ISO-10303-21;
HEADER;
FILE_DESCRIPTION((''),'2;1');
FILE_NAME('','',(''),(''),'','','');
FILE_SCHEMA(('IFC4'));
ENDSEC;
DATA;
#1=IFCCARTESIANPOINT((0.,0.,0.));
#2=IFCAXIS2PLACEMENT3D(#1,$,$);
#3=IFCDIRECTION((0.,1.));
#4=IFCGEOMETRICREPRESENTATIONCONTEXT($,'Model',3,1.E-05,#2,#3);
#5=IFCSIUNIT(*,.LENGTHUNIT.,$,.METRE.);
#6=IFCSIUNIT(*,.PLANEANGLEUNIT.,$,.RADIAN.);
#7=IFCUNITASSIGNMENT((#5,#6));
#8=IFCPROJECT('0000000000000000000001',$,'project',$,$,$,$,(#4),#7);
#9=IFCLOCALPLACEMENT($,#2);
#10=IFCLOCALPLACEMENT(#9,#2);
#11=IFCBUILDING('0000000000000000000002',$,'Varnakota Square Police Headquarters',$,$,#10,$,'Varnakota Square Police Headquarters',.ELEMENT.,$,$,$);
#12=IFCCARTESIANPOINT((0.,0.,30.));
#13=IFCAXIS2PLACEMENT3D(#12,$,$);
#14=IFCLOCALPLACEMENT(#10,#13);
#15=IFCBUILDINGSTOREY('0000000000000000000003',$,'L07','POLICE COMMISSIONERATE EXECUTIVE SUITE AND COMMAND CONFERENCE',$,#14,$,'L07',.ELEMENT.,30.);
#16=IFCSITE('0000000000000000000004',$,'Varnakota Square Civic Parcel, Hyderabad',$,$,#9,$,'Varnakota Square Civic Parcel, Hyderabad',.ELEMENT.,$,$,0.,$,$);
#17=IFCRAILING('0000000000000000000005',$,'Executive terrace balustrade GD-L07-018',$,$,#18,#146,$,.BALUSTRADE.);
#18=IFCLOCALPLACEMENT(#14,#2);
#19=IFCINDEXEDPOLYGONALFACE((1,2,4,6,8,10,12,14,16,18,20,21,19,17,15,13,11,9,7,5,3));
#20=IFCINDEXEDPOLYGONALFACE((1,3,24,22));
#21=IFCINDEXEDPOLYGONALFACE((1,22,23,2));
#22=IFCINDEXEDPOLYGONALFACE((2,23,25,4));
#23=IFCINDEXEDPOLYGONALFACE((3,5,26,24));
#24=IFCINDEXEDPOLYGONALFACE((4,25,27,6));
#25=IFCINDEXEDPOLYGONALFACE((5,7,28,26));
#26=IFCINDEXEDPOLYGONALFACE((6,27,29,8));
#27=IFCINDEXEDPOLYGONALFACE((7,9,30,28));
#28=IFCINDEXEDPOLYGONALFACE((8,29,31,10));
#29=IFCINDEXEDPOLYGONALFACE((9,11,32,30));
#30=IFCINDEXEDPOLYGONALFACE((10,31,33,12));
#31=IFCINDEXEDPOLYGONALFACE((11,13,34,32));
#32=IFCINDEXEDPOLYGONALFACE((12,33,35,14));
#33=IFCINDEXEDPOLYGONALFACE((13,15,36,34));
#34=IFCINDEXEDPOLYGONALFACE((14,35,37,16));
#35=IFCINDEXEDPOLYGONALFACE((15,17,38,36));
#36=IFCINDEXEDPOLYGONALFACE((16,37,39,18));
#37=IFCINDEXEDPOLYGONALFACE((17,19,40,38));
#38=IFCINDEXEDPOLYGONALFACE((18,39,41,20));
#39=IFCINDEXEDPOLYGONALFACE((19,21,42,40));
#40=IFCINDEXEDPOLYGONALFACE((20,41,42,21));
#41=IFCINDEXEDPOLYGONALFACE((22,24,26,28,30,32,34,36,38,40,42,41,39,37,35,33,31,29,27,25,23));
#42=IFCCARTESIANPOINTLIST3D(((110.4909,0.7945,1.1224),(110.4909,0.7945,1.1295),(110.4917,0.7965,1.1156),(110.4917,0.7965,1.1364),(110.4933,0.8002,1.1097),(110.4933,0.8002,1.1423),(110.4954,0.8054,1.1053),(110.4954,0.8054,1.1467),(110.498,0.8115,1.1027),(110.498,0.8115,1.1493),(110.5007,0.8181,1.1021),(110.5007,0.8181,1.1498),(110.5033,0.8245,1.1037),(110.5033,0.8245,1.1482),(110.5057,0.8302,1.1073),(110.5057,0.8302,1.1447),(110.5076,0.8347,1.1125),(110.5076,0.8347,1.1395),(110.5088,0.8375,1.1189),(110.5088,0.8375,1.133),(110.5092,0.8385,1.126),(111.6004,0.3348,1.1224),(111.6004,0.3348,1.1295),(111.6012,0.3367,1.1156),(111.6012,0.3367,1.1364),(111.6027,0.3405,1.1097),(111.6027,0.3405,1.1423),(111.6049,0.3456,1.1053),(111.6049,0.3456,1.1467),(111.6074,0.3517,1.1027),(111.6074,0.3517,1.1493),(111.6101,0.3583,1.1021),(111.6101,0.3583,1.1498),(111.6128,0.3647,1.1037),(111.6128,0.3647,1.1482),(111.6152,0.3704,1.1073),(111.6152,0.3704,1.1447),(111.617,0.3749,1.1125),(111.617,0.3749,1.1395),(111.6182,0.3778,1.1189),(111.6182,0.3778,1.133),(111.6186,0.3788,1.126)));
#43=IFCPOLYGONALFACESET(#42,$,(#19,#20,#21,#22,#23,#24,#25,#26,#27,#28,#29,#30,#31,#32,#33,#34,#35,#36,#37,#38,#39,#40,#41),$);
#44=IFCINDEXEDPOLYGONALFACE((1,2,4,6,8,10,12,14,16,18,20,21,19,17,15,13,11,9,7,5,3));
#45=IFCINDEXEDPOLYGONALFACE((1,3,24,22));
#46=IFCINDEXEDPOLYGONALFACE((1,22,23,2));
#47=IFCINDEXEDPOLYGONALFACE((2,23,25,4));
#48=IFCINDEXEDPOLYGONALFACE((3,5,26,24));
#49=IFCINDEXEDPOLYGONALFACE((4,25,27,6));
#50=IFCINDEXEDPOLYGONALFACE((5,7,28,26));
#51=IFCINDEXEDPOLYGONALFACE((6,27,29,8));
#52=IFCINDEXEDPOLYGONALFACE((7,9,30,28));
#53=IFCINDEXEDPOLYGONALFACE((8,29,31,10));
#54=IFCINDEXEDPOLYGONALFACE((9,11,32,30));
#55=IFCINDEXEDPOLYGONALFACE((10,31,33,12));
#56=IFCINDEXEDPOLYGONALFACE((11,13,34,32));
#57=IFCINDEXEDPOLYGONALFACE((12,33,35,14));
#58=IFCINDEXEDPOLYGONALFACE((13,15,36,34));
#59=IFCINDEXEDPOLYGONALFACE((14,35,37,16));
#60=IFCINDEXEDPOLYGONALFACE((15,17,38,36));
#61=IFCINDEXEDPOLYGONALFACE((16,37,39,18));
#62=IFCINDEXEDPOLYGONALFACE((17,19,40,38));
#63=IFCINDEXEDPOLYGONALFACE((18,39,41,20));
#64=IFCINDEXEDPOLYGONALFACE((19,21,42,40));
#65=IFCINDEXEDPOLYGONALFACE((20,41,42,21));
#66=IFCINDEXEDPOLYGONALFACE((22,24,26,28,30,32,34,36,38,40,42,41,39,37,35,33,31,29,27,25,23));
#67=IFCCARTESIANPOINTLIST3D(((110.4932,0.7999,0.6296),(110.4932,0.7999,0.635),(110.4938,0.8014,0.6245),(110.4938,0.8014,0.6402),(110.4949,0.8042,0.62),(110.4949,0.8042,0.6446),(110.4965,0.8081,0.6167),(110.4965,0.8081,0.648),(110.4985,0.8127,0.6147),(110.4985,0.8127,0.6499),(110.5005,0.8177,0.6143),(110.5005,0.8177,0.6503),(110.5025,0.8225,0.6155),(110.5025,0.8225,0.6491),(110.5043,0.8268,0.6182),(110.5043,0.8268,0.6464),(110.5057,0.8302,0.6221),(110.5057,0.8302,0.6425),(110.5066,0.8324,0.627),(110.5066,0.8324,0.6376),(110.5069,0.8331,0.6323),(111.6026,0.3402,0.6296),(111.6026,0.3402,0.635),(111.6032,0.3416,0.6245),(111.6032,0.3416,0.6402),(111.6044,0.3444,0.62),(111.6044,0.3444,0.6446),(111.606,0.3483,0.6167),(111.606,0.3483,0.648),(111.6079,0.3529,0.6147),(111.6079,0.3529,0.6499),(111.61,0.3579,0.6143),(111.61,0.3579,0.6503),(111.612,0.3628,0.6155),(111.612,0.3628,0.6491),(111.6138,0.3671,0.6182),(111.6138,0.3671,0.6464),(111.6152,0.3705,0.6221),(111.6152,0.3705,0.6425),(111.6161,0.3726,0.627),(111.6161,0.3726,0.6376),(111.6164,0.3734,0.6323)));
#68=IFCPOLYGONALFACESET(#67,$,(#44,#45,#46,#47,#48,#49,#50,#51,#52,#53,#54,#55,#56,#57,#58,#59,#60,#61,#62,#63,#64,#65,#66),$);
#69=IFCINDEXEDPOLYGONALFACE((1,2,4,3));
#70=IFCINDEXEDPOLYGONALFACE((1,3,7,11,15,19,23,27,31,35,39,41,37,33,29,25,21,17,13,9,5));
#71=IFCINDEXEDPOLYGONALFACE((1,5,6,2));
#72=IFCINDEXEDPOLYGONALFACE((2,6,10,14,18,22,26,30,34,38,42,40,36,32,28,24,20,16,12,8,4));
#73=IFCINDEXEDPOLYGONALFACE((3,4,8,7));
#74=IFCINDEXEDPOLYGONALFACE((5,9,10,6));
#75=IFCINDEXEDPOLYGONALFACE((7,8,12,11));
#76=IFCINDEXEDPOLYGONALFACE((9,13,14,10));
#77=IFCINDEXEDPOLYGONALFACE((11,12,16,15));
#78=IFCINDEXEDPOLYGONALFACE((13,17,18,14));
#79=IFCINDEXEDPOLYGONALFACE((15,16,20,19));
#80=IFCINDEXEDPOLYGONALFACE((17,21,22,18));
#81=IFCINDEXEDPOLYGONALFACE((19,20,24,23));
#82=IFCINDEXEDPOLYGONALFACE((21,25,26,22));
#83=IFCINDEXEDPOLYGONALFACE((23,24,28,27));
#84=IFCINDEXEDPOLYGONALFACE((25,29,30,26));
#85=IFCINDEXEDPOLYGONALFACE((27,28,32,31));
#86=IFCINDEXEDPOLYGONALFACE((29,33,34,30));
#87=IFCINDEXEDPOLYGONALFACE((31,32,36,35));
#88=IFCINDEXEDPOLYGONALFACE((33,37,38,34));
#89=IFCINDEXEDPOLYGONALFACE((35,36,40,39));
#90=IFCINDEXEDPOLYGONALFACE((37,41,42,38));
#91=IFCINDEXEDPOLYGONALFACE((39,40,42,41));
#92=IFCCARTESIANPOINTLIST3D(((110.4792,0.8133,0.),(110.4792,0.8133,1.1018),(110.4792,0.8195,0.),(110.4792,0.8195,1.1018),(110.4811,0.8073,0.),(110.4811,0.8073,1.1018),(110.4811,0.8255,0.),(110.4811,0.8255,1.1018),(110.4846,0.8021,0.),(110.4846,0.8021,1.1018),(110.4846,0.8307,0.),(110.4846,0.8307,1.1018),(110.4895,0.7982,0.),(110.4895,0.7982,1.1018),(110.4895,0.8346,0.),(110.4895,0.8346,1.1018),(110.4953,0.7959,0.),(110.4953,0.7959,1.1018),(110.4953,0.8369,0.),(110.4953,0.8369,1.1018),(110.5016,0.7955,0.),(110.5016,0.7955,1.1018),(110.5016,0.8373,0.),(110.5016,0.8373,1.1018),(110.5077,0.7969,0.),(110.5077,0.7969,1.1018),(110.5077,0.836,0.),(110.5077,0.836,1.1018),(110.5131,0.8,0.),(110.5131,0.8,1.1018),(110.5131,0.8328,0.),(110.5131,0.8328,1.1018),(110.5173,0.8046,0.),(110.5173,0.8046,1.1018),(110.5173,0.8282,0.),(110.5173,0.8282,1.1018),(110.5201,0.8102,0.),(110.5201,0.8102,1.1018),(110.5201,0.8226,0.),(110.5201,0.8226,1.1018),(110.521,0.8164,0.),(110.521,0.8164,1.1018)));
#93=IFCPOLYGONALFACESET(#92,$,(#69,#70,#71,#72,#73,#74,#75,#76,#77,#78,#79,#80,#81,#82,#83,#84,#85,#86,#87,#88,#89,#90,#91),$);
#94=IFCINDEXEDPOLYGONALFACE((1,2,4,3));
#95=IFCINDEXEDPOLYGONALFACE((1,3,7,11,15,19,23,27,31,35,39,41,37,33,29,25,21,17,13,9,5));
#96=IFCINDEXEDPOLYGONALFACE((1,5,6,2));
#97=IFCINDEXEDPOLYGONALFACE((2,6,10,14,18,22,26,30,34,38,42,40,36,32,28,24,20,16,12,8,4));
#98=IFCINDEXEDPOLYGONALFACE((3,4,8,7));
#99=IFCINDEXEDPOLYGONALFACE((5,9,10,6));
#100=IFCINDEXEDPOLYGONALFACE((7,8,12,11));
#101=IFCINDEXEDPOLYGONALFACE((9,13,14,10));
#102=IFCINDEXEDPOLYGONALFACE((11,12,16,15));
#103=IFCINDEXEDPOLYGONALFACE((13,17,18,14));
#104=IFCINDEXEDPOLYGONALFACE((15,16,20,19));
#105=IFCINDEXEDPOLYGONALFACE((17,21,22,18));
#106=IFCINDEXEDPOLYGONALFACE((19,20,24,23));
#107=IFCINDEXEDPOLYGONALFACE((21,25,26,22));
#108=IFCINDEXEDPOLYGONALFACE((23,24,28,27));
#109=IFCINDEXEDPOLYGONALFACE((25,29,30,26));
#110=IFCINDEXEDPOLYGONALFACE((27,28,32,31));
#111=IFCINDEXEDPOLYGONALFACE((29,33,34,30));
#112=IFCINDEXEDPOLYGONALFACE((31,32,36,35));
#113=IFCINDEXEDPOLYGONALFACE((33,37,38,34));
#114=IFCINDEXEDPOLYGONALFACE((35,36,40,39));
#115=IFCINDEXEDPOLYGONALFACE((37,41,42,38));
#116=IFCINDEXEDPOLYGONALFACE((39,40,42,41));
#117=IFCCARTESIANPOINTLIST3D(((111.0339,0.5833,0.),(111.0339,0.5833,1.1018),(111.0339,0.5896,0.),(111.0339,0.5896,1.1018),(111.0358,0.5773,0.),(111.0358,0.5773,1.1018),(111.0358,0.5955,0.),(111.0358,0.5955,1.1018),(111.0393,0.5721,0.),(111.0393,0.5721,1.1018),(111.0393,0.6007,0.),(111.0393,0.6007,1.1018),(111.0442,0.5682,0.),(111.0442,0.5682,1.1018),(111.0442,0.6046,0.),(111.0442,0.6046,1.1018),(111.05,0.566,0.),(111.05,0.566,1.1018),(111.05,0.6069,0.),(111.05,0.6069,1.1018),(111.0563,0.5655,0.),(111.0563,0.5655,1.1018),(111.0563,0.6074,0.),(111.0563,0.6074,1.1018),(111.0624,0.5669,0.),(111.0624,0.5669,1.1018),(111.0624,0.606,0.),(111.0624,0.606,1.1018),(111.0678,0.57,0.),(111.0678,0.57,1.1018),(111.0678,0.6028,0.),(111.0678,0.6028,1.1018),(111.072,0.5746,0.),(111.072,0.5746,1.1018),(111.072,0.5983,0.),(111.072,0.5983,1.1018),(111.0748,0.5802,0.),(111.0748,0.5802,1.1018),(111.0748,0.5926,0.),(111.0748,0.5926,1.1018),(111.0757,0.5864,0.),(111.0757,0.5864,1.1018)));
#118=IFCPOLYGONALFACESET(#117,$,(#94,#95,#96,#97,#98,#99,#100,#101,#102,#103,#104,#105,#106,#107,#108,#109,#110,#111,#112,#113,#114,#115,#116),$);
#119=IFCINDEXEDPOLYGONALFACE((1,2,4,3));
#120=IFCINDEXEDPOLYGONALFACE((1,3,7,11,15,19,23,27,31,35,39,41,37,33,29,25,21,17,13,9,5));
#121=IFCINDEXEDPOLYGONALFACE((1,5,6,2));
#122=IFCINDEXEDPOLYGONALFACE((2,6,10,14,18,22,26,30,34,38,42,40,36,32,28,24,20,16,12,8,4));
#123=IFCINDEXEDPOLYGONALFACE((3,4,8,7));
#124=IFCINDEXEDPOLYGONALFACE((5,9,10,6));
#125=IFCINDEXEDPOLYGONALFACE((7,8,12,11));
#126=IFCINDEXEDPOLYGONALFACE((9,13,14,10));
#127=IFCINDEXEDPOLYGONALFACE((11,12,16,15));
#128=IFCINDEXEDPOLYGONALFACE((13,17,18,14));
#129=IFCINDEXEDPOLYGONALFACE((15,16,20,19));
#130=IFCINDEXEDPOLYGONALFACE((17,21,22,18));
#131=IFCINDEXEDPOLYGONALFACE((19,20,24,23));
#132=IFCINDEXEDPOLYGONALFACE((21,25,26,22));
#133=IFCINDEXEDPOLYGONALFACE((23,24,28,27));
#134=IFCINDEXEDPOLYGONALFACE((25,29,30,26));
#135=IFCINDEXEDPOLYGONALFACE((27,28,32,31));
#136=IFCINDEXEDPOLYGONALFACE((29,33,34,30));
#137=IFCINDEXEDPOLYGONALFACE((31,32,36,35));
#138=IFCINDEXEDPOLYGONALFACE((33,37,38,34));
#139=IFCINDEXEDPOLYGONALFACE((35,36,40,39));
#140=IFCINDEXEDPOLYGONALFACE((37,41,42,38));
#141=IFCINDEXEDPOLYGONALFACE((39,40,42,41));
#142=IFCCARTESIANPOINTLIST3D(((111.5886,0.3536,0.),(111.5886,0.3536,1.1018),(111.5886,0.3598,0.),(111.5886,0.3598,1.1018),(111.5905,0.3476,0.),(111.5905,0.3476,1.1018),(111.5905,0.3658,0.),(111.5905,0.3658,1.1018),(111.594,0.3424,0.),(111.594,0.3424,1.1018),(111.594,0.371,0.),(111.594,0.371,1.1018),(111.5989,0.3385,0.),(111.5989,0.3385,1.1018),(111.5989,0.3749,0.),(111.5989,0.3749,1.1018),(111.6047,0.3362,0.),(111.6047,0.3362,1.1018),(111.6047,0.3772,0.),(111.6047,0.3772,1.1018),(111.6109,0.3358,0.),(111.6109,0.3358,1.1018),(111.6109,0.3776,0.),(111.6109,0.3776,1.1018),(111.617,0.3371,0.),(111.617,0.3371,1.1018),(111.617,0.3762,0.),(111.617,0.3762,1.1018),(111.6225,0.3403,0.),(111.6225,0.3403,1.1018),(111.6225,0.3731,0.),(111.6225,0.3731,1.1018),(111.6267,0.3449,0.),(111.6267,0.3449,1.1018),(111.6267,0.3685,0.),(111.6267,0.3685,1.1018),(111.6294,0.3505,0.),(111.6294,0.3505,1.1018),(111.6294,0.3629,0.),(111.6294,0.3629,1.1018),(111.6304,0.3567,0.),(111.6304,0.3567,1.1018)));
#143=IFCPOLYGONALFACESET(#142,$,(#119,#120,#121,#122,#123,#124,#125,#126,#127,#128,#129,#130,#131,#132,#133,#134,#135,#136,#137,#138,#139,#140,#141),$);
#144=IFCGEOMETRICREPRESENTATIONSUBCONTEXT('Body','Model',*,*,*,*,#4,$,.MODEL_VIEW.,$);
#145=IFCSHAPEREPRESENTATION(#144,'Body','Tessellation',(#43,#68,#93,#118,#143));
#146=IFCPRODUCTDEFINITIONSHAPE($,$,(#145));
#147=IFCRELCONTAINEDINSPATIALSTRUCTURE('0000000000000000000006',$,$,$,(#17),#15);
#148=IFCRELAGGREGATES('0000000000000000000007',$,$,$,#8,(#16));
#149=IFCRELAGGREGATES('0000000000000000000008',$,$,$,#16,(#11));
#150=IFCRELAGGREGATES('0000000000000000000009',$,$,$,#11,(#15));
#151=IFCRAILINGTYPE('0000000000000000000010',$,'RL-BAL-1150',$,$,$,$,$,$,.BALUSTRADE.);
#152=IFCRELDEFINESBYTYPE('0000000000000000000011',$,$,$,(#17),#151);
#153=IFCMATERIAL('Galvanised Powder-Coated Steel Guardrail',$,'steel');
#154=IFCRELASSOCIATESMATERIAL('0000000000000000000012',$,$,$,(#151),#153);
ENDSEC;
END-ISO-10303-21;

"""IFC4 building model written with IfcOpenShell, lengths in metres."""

from ifc_helpers import new_model, si_unit, direction, frame, origin, origin_2d, place, context, subcontext, project, spatial, circle, extrude, material, type_object, element, save


model = new_model("IFC4")

# Units and contexts
model_context = context("Model", 3, precision=1e-05, world=origin(), true_north=direction((0.0, 1.0)))
body_context = subcontext(model_context, "Body", "Model", "MODEL_VIEW")
ifc_project = project(units=[si_unit("LENGTHUNIT", "METRE"), si_unit("PLANEANGLEUNIT", "RADIAN")], contexts=[model_context])

# Site, building, storey
site_placement = place(None, origin())
site = spatial("IfcSite", under=ifc_project, at=site_placement, Name="Varnakota Square Civic Parcel, Hyderabad", LongName="Varnakota Square Civic Parcel, Hyderabad", CompositionType="ELEMENT", RefElevation=0.0)
building_placement = place(site_placement, origin())
building = spatial("IfcBuilding", under=site, at=building_placement, Name="Varnakota Square Police Headquarters", LongName="Varnakota Square Police Headquarters", CompositionType="ELEMENT")
storey_placement = place(building_placement, frame((0.0, 0.0, 30.0)))
storey = spatial("IfcBuildingStorey", under=building, at=storey_placement, Name="L07", Description="POLICE COMMISSIONERATE EXECUTIVE SUITE AND COMMAND CONFERENCE", LongName="L07", CompositionType="ELEMENT", Elevation=30.0)

# Railing
ifc_material_1 = material(Name="Galvanised Powder-Coated Steel Guardrail", Category="steel")
railing_type = type_object("IfcRailingType", Name="RL-BAL-1150", PredefinedType="BALUSTRADE", material=ifc_material_1)
railing_1_placement = place(storey_placement, frame((110.5, 0.8164, 0.0)))
element("IfcRailing", 1, at=railing_1_placement, inside=storey, type_object=railing_type, Name="Executive terrace balustrade GD-L07-018", PredefinedType="BALUSTRADE", context=body_context, shape_type="SweptSolid", body=[
    extrude(circle(Radius=0.0239, at=origin_2d()), frame((0.0, 0.0, 1.126), z_axis=(0.923821, -0.382825, 0.0), x_axis=(0.382825, 0.923821, 0.0)), (0.0, 0.0, 1.0), 1.2009),
    extrude(circle(Radius=0.0181, at=origin_2d()), frame((0.0, 0.0, 0.6323), z_axis=(0.923821, -0.382825, 0.0), x_axis=(0.382825, 0.923821, 0.0)), (0.0, 0.0, 1.0), 1.2009),
    extrude(circle(Radius=0.021, at=origin_2d()), origin(), (0.0, 0.0, 1.0), 1.1018),
    extrude(circle(Radius=0.021, at=origin_2d()), frame((0.5547, -0.23, 0.0)), (0.0, 0.0, 1.0), 1.1018),
    extrude(circle(Radius=0.021, at=origin_2d()), frame((1.1094, -0.4597, 0.0)), (0.0, 0.0, 1.0), 1.1018),
])

save(model, "model.ifc")
